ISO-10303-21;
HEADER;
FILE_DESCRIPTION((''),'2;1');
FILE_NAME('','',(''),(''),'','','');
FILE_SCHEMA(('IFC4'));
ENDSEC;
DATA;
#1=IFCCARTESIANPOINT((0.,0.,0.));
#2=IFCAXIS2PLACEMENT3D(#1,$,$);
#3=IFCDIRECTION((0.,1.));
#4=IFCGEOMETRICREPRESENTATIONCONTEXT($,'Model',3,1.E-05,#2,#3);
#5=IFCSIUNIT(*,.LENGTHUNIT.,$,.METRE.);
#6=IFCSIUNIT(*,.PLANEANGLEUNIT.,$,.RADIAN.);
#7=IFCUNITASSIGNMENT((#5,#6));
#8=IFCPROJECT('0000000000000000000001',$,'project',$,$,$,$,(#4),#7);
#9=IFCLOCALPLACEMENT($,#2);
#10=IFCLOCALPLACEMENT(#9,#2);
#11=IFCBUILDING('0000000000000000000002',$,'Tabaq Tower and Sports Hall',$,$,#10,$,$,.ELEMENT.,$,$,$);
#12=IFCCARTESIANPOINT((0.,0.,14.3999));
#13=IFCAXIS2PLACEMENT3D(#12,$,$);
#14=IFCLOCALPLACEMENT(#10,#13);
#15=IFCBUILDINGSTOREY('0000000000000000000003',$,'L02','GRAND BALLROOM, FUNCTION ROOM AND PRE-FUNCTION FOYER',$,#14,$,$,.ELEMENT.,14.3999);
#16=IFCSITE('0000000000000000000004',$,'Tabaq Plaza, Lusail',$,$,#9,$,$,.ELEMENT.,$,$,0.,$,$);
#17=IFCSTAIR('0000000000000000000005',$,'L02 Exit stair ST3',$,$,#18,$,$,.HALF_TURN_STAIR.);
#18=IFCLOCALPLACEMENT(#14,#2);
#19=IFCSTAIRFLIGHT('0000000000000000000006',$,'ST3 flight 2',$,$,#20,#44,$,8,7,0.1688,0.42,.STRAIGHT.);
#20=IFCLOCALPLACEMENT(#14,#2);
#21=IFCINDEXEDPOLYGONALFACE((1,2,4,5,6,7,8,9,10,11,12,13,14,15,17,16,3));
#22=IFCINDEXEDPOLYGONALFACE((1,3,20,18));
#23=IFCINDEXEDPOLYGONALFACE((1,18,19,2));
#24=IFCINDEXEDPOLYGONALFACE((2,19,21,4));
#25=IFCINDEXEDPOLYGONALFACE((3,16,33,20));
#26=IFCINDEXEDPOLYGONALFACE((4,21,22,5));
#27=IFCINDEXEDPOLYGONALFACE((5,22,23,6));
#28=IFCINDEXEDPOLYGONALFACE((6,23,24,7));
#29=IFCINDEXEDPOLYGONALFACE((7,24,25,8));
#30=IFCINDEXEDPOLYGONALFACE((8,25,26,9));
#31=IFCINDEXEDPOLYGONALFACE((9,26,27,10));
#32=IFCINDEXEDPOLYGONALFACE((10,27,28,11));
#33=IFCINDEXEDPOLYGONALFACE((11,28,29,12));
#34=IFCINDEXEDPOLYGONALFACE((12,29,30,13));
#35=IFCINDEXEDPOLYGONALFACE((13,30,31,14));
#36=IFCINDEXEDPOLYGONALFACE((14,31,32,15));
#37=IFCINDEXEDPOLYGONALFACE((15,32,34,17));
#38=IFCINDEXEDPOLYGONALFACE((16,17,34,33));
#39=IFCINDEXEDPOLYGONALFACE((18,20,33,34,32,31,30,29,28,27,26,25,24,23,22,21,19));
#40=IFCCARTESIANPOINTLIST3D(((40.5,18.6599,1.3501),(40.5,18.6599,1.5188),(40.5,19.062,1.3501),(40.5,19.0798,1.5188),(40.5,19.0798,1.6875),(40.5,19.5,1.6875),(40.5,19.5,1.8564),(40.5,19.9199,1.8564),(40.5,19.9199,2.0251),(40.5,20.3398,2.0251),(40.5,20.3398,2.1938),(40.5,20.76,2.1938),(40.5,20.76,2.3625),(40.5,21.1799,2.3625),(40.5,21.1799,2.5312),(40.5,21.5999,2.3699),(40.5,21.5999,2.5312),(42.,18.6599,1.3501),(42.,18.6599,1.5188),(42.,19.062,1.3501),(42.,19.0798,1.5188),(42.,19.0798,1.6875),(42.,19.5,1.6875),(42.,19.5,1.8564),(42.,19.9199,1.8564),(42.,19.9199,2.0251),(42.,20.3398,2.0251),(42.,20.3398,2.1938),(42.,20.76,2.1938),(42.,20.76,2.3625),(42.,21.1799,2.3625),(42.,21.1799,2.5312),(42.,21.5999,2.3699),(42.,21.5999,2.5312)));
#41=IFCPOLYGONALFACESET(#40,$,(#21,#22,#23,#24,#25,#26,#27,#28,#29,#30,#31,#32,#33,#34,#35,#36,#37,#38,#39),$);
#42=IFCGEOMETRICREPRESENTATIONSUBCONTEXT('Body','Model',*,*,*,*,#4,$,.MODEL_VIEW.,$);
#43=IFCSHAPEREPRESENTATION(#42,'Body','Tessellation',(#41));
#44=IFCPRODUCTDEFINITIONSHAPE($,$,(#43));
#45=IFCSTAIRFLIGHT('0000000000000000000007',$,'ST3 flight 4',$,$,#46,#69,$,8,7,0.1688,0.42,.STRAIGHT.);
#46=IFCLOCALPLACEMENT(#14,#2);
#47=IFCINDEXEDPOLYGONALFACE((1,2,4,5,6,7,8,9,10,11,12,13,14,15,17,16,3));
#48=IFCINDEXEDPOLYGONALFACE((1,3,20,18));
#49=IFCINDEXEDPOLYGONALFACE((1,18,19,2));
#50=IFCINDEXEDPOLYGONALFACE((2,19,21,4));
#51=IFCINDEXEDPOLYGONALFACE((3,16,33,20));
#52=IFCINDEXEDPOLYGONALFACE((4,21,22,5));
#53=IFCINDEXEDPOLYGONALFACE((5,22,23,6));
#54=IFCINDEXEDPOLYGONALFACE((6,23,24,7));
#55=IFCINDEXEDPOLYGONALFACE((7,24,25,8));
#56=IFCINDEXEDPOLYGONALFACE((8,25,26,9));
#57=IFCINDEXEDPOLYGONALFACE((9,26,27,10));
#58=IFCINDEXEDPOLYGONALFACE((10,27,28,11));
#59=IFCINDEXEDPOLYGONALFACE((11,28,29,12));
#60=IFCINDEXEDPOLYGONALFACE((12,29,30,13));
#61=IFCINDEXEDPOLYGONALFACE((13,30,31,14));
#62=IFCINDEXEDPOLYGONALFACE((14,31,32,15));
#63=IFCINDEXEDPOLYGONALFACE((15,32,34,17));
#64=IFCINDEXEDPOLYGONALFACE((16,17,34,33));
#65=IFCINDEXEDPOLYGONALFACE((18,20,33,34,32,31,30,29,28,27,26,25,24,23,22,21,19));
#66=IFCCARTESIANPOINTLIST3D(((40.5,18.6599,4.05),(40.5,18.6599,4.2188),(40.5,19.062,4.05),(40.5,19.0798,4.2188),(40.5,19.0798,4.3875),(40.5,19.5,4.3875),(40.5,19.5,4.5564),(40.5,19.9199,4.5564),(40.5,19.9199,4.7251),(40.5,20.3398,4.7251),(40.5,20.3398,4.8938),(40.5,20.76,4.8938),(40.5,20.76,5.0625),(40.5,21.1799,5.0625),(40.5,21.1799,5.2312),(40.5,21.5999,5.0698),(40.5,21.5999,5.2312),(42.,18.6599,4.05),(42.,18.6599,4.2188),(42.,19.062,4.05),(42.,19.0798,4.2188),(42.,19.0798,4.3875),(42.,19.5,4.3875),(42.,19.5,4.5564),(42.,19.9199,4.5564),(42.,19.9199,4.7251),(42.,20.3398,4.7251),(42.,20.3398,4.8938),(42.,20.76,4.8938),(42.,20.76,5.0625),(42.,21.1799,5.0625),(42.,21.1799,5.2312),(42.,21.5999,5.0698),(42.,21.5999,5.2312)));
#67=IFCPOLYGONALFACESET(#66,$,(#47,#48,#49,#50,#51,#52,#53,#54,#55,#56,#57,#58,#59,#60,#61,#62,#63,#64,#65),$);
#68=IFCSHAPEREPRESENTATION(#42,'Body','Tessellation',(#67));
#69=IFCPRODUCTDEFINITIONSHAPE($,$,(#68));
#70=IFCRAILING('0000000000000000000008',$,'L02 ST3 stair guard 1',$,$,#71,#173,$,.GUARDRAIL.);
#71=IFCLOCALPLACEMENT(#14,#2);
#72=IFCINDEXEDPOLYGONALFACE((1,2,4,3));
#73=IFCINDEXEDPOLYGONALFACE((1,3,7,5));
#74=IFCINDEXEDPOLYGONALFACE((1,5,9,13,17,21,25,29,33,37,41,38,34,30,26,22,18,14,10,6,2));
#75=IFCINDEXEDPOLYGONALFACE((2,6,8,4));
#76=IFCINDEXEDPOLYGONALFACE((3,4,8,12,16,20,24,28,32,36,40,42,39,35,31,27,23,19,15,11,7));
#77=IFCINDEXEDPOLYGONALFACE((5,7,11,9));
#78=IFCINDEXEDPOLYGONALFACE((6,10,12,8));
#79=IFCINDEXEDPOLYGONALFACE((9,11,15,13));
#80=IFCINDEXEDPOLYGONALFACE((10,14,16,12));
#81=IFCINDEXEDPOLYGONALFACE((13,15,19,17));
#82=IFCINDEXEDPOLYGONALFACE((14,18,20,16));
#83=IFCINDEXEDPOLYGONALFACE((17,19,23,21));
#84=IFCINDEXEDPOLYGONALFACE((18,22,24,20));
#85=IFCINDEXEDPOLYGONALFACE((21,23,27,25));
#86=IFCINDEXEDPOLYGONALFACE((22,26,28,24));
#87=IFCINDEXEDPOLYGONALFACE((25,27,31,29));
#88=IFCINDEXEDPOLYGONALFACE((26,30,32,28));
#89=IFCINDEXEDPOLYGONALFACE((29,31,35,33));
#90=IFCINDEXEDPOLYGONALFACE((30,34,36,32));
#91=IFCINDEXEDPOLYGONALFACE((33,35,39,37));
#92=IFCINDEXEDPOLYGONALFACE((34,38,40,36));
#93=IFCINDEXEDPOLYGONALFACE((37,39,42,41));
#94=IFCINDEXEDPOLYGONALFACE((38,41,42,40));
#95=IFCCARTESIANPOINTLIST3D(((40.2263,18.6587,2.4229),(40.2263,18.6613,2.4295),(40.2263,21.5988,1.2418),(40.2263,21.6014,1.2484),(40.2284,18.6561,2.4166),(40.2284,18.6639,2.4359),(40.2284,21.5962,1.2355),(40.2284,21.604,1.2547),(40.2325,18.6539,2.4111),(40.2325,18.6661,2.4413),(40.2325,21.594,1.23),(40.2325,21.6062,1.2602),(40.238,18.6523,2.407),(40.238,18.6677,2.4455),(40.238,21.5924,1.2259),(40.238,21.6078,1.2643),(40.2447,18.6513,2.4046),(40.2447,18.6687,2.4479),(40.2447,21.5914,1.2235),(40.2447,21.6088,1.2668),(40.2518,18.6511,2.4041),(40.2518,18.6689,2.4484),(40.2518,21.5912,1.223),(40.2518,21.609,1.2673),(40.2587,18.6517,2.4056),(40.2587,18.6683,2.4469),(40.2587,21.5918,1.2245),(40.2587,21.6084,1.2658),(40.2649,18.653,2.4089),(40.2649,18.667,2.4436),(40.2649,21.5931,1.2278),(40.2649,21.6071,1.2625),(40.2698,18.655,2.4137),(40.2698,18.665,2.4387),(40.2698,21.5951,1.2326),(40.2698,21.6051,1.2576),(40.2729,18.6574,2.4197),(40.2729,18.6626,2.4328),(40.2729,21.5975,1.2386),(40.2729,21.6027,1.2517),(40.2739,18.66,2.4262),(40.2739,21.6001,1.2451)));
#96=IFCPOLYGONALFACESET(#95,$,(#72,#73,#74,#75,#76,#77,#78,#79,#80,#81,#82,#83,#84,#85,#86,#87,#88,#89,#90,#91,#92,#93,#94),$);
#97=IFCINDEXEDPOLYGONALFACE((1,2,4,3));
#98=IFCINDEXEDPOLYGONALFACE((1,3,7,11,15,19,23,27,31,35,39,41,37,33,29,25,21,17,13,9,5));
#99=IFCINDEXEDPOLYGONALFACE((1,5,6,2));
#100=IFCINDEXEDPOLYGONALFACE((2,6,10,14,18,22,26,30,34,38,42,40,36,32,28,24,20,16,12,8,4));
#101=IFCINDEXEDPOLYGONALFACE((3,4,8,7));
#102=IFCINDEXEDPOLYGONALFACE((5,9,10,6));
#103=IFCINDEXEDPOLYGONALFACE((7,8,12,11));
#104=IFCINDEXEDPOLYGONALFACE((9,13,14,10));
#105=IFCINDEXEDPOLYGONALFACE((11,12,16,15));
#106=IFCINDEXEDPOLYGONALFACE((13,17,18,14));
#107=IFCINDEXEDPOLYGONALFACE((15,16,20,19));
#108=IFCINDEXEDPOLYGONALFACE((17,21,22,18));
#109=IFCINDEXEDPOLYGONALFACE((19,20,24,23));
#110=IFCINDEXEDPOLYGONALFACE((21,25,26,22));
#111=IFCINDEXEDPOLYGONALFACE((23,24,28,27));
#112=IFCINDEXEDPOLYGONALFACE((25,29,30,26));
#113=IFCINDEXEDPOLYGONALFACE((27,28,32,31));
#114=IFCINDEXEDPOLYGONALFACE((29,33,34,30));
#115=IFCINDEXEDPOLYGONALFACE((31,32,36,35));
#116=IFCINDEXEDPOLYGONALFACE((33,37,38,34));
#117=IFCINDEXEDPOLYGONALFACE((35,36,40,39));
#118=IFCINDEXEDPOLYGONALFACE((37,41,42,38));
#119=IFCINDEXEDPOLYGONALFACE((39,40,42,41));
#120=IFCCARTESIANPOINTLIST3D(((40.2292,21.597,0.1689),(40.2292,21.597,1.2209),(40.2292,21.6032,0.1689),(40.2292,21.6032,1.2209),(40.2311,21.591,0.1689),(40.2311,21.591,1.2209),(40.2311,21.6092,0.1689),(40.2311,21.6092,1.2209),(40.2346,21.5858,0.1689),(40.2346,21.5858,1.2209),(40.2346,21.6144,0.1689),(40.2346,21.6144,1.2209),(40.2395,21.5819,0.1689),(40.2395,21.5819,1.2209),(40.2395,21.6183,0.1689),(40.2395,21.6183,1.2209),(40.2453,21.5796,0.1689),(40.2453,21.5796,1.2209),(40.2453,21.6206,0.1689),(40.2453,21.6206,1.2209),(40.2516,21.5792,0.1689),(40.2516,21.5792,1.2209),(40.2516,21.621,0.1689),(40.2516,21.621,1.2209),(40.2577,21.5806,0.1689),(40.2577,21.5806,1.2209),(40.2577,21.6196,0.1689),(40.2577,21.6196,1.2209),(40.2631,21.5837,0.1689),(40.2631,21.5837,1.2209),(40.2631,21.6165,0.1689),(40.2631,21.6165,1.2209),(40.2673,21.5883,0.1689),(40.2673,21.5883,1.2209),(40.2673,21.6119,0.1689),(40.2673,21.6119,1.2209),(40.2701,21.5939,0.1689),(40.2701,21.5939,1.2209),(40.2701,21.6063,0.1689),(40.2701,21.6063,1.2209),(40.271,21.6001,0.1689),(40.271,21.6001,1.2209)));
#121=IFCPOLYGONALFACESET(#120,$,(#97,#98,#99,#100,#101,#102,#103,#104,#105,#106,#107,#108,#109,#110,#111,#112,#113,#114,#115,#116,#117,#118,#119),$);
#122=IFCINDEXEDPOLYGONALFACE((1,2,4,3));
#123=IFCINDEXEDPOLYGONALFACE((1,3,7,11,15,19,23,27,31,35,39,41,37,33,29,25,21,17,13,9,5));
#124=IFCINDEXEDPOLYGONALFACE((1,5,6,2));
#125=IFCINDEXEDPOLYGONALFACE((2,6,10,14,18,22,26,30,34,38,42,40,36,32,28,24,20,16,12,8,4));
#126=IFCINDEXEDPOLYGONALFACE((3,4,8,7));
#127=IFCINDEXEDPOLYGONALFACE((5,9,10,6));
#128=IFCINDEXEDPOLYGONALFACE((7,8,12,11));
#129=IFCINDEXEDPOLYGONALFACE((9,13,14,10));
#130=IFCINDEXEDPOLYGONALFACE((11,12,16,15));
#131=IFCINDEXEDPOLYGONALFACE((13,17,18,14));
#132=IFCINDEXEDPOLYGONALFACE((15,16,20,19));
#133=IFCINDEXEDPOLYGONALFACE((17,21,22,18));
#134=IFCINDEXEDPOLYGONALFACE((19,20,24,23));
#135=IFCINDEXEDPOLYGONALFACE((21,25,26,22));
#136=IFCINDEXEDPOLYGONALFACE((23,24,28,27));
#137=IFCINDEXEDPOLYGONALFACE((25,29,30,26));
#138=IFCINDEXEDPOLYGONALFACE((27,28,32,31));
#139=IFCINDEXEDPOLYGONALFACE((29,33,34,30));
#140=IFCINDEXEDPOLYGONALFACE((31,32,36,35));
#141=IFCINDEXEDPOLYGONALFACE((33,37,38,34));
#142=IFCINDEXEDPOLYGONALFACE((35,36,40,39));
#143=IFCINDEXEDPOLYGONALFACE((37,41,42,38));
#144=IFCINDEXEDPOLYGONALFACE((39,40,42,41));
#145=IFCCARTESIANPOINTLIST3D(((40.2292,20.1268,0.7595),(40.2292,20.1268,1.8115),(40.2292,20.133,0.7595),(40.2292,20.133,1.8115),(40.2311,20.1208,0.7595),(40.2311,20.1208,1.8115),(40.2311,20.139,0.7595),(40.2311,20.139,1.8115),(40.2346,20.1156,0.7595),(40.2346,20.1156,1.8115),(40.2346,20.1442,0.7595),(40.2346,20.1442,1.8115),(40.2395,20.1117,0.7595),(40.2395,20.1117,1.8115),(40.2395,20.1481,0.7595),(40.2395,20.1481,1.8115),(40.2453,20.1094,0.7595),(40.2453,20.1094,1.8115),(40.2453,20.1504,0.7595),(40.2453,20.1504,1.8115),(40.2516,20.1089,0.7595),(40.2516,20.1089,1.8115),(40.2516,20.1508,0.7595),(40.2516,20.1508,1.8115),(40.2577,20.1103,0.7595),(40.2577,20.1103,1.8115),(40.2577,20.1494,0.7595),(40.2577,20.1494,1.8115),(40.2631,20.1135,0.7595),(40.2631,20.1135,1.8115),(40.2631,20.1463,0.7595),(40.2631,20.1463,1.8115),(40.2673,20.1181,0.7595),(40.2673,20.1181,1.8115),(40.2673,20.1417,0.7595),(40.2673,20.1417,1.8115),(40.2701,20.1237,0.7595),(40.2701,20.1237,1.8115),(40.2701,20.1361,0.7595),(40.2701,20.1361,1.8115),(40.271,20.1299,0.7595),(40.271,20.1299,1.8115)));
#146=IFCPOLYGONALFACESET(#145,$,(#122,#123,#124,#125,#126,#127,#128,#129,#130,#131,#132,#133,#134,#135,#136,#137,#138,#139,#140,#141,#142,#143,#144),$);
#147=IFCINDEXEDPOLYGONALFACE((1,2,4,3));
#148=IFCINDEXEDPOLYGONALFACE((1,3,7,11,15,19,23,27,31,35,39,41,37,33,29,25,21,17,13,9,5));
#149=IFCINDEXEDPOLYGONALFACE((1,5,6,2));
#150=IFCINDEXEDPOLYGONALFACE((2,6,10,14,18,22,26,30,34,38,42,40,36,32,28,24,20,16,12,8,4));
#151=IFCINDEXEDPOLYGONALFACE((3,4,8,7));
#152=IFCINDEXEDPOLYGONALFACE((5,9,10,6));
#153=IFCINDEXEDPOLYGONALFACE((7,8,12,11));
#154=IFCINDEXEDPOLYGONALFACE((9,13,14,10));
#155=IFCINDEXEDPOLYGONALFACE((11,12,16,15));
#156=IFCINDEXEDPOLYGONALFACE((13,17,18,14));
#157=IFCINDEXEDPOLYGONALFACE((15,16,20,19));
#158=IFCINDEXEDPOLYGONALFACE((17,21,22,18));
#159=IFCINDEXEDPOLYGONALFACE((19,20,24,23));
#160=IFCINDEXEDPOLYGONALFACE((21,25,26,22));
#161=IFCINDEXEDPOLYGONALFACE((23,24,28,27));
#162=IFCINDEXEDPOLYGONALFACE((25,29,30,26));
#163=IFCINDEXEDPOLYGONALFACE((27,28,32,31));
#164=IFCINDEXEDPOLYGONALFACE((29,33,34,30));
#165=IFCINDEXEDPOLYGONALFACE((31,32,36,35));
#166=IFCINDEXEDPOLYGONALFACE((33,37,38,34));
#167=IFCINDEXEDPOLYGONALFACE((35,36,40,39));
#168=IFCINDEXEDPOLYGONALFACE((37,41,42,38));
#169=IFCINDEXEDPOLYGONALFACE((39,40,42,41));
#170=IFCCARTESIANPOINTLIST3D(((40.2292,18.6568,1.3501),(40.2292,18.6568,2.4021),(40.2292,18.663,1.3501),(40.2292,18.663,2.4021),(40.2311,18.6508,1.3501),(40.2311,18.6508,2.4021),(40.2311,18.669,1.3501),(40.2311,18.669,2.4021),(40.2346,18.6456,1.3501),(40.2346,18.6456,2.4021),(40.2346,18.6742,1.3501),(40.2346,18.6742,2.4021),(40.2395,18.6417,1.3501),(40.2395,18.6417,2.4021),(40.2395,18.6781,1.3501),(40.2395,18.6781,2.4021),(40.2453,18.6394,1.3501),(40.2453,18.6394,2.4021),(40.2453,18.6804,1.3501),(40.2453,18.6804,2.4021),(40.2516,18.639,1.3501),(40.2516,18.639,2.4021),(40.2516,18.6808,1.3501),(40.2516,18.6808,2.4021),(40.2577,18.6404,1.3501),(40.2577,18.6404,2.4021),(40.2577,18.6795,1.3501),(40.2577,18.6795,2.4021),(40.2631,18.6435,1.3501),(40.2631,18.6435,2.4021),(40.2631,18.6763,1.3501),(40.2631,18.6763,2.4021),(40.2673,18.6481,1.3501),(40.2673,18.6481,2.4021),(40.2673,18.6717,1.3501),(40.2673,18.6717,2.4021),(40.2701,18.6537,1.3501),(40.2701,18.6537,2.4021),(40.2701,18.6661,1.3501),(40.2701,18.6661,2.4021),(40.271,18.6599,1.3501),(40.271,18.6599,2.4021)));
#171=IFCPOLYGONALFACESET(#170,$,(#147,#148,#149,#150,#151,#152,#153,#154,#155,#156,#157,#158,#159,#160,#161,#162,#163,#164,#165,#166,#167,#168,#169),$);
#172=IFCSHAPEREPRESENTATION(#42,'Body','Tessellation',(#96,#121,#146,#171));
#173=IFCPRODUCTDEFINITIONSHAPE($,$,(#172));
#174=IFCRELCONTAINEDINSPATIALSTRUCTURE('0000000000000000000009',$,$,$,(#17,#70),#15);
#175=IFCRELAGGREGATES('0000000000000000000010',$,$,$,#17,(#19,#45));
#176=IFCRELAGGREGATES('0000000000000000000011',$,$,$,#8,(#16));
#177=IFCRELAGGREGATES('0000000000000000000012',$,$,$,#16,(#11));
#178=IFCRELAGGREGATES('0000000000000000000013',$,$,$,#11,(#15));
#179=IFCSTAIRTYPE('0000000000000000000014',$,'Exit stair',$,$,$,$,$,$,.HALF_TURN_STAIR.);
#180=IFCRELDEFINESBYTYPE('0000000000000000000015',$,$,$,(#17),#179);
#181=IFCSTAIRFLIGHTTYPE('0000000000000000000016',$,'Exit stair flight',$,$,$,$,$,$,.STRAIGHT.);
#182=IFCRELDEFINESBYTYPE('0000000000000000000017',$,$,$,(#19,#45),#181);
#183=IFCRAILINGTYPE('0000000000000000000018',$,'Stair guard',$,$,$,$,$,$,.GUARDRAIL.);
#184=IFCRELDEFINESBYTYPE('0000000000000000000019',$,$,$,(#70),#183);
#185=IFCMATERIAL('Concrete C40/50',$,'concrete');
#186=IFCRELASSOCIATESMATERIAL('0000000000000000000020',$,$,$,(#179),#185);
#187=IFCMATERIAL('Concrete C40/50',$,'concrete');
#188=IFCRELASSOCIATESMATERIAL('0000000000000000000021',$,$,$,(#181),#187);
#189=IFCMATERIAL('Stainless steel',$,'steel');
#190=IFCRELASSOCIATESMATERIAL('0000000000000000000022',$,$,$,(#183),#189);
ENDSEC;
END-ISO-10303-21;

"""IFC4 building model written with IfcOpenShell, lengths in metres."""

from ifc_helpers import new_model, si_unit, direction, frame, origin, origin_2d, place, context, subcontext, project, spatial, polyline, circle, outline, extrude, material, type_object, element, aggregate, save


model = new_model("IFC4")

# Units and contexts
model_context = context("Model", 3, precision=1e-05, world=origin(), true_north=direction((0.0, 1.0)))
body_context = subcontext(model_context, "Body", "Model", "MODEL_VIEW")
ifc_project = project(units=[si_unit("LENGTHUNIT", "METRE"), si_unit("PLANEANGLEUNIT", "RADIAN")], contexts=[model_context])

# Site, building, storey
site_placement = place(None, origin())
site = spatial("IfcSite", under=ifc_project, at=site_placement, Name="Tabaq Plaza, Lusail", CompositionType="ELEMENT", RefElevation=0.0)
building_placement = place(site_placement, origin())
building = spatial("IfcBuilding", under=site, at=building_placement, Name="Tabaq Tower and Sports Hall", CompositionType="ELEMENT")
storey_placement = place(building_placement, frame((0.0, 0.0, 14.3999)))
storey = spatial("IfcBuildingStorey", under=building, at=storey_placement, Name="L02", Description="GRAND BALLROOM, FUNCTION ROOM AND PRE-FUNCTION FOYER", CompositionType="ELEMENT", Elevation=14.3999)

# Stair, stair flights
ifc_material_1 = material(Name="Concrete C40/50", Category="concrete")
stair_type = type_object("IfcStairType", Name="Exit stair", PredefinedType="HALF_TURN_STAIR", material=ifc_material_1)
stair_placement = place(storey_placement, origin())
stair = element("IfcStair", 1, at=stair_placement, inside=storey, type_object=stair_type, Name="L02 Exit stair ST3", PredefinedType="HALF_TURN_STAIR")
ifc_material_2 = material(Name="Concrete C40/50", Category="concrete")
stair_flight_type = type_object("IfcStairFlightType", Name="Exit stair flight", PredefinedType="STRAIGHT", material=ifc_material_2)
stair_flight_1_placement = place(storey_placement, frame((41.25, 18.6599, 1.3501), z_axis=(0.0, 0.0, 1.0), x_axis=(0.0, 1.0, 0.0)))
stair_flight_1 = element("IfcStairFlight", 2, at=stair_flight_1_placement, type_object=stair_flight_type, Name="ST3 flight 2", NumberOfRisers=8, NumberOfTreads=7, PredefinedType="STRAIGHT", RiserHeight=0.1688, TreadLength=0.42, context=body_context, shape_type="SweptSolid", body=[
    extrude(outline(polyline([(0.0, 0.0), (0.0, 0.1687), (0.4199, 0.1687), (0.4199, 0.3374), (0.8401, 0.3374), (0.8401, 0.5063), (1.26, 0.5063), (1.26, 0.675), (1.6799, 0.675), (1.6799, 0.8438), (2.1001, 0.8438), (2.1001, 1.0125), (2.52, 1.0125), (2.52, 1.1812), (2.9399, 1.1812), (2.9399, 1.3501), (2.9399, 1.0198), (0.4021, 0.0), (0.0, 0.0)])), frame((0.0, 0.75, 0.0), z_axis=(0.0, -1.0, 0.0), x_axis=(1.0, 0.0, 0.0)), (0.0, 0.0, 1.0), 1.5),
])
stair_flight_2_placement = place(storey_placement, frame((41.25, 18.6599, 4.05), z_axis=(0.0, 0.0, 1.0), x_axis=(0.0, 1.0, 0.0)))
stair_flight_2 = element("IfcStairFlight", 3, at=stair_flight_2_placement, type_object=stair_flight_type, Name="ST3 flight 4", NumberOfRisers=8, NumberOfTreads=7, PredefinedType="STRAIGHT", RiserHeight=0.1688, TreadLength=0.42, context=body_context, shape_type="SweptSolid", body=[
    extrude(outline(polyline([(0.0, 0.0), (0.0, 0.1687), (0.4199, 0.1687), (0.4199, 0.3374), (0.8401, 0.3374), (0.8401, 0.5063), (1.26, 0.5063), (1.26, 0.675), (1.6799, 0.675), (1.6799, 0.8438), (2.1001, 0.8438), (2.1001, 1.0125), (2.52, 1.0125), (2.52, 1.1812), (2.9399, 1.1812), (2.9399, 1.3501), (2.9399, 1.0198), (0.4021, 0.0), (0.0, 0.0)])), frame((0.0, 0.75, 0.0), z_axis=(0.0, -1.0, 0.0), x_axis=(1.0, 0.0, 0.0)), (0.0, 0.0, 1.0), 1.5),
])
aggregate(stair, [stair_flight_1, stair_flight_2])

# Railing
ifc_material_3 = material(Name="Stainless steel", Category="steel")
railing_type_1 = type_object("IfcRailingType", Name="Stair guard", PredefinedType="GUARDRAIL", material=ifc_material_3)
railing_1_placement = place(storey_placement, frame((40.25, 21.6001, 0.1689)))
element("IfcRailing", 4, at=railing_1_placement, inside=storey, type_object=railing_type_1, Name="L02 ST3 stair guard 1", PredefinedType="GUARDRAIL", context=body_context, shape_type="SweptSolid", body=[
    extrude(circle(Radius=0.0239, at=origin_2d()), frame((0.0, 0.0, 1.0762), z_axis=(0.0, -0.927923, 0.372772), x_axis=(1.0, 0.0, 0.0)), (0.0, 0.0, 1.0), 3.1685),
    extrude(circle(Radius=0.021, at=origin_2d()), origin(), (0.0, 0.0, 1.0), 1.052),
    extrude(circle(Radius=0.021, at=origin_2d()), frame((0.0, -1.4702, 0.5906)), (0.0, 0.0, 1.0), 1.052),
    extrude(circle(Radius=0.021, at=origin_2d()), frame((0.0, -2.9402, 1.1812)), (0.0, 0.0, 1.0), 1.052),
])

save(model, "model.ifc")
